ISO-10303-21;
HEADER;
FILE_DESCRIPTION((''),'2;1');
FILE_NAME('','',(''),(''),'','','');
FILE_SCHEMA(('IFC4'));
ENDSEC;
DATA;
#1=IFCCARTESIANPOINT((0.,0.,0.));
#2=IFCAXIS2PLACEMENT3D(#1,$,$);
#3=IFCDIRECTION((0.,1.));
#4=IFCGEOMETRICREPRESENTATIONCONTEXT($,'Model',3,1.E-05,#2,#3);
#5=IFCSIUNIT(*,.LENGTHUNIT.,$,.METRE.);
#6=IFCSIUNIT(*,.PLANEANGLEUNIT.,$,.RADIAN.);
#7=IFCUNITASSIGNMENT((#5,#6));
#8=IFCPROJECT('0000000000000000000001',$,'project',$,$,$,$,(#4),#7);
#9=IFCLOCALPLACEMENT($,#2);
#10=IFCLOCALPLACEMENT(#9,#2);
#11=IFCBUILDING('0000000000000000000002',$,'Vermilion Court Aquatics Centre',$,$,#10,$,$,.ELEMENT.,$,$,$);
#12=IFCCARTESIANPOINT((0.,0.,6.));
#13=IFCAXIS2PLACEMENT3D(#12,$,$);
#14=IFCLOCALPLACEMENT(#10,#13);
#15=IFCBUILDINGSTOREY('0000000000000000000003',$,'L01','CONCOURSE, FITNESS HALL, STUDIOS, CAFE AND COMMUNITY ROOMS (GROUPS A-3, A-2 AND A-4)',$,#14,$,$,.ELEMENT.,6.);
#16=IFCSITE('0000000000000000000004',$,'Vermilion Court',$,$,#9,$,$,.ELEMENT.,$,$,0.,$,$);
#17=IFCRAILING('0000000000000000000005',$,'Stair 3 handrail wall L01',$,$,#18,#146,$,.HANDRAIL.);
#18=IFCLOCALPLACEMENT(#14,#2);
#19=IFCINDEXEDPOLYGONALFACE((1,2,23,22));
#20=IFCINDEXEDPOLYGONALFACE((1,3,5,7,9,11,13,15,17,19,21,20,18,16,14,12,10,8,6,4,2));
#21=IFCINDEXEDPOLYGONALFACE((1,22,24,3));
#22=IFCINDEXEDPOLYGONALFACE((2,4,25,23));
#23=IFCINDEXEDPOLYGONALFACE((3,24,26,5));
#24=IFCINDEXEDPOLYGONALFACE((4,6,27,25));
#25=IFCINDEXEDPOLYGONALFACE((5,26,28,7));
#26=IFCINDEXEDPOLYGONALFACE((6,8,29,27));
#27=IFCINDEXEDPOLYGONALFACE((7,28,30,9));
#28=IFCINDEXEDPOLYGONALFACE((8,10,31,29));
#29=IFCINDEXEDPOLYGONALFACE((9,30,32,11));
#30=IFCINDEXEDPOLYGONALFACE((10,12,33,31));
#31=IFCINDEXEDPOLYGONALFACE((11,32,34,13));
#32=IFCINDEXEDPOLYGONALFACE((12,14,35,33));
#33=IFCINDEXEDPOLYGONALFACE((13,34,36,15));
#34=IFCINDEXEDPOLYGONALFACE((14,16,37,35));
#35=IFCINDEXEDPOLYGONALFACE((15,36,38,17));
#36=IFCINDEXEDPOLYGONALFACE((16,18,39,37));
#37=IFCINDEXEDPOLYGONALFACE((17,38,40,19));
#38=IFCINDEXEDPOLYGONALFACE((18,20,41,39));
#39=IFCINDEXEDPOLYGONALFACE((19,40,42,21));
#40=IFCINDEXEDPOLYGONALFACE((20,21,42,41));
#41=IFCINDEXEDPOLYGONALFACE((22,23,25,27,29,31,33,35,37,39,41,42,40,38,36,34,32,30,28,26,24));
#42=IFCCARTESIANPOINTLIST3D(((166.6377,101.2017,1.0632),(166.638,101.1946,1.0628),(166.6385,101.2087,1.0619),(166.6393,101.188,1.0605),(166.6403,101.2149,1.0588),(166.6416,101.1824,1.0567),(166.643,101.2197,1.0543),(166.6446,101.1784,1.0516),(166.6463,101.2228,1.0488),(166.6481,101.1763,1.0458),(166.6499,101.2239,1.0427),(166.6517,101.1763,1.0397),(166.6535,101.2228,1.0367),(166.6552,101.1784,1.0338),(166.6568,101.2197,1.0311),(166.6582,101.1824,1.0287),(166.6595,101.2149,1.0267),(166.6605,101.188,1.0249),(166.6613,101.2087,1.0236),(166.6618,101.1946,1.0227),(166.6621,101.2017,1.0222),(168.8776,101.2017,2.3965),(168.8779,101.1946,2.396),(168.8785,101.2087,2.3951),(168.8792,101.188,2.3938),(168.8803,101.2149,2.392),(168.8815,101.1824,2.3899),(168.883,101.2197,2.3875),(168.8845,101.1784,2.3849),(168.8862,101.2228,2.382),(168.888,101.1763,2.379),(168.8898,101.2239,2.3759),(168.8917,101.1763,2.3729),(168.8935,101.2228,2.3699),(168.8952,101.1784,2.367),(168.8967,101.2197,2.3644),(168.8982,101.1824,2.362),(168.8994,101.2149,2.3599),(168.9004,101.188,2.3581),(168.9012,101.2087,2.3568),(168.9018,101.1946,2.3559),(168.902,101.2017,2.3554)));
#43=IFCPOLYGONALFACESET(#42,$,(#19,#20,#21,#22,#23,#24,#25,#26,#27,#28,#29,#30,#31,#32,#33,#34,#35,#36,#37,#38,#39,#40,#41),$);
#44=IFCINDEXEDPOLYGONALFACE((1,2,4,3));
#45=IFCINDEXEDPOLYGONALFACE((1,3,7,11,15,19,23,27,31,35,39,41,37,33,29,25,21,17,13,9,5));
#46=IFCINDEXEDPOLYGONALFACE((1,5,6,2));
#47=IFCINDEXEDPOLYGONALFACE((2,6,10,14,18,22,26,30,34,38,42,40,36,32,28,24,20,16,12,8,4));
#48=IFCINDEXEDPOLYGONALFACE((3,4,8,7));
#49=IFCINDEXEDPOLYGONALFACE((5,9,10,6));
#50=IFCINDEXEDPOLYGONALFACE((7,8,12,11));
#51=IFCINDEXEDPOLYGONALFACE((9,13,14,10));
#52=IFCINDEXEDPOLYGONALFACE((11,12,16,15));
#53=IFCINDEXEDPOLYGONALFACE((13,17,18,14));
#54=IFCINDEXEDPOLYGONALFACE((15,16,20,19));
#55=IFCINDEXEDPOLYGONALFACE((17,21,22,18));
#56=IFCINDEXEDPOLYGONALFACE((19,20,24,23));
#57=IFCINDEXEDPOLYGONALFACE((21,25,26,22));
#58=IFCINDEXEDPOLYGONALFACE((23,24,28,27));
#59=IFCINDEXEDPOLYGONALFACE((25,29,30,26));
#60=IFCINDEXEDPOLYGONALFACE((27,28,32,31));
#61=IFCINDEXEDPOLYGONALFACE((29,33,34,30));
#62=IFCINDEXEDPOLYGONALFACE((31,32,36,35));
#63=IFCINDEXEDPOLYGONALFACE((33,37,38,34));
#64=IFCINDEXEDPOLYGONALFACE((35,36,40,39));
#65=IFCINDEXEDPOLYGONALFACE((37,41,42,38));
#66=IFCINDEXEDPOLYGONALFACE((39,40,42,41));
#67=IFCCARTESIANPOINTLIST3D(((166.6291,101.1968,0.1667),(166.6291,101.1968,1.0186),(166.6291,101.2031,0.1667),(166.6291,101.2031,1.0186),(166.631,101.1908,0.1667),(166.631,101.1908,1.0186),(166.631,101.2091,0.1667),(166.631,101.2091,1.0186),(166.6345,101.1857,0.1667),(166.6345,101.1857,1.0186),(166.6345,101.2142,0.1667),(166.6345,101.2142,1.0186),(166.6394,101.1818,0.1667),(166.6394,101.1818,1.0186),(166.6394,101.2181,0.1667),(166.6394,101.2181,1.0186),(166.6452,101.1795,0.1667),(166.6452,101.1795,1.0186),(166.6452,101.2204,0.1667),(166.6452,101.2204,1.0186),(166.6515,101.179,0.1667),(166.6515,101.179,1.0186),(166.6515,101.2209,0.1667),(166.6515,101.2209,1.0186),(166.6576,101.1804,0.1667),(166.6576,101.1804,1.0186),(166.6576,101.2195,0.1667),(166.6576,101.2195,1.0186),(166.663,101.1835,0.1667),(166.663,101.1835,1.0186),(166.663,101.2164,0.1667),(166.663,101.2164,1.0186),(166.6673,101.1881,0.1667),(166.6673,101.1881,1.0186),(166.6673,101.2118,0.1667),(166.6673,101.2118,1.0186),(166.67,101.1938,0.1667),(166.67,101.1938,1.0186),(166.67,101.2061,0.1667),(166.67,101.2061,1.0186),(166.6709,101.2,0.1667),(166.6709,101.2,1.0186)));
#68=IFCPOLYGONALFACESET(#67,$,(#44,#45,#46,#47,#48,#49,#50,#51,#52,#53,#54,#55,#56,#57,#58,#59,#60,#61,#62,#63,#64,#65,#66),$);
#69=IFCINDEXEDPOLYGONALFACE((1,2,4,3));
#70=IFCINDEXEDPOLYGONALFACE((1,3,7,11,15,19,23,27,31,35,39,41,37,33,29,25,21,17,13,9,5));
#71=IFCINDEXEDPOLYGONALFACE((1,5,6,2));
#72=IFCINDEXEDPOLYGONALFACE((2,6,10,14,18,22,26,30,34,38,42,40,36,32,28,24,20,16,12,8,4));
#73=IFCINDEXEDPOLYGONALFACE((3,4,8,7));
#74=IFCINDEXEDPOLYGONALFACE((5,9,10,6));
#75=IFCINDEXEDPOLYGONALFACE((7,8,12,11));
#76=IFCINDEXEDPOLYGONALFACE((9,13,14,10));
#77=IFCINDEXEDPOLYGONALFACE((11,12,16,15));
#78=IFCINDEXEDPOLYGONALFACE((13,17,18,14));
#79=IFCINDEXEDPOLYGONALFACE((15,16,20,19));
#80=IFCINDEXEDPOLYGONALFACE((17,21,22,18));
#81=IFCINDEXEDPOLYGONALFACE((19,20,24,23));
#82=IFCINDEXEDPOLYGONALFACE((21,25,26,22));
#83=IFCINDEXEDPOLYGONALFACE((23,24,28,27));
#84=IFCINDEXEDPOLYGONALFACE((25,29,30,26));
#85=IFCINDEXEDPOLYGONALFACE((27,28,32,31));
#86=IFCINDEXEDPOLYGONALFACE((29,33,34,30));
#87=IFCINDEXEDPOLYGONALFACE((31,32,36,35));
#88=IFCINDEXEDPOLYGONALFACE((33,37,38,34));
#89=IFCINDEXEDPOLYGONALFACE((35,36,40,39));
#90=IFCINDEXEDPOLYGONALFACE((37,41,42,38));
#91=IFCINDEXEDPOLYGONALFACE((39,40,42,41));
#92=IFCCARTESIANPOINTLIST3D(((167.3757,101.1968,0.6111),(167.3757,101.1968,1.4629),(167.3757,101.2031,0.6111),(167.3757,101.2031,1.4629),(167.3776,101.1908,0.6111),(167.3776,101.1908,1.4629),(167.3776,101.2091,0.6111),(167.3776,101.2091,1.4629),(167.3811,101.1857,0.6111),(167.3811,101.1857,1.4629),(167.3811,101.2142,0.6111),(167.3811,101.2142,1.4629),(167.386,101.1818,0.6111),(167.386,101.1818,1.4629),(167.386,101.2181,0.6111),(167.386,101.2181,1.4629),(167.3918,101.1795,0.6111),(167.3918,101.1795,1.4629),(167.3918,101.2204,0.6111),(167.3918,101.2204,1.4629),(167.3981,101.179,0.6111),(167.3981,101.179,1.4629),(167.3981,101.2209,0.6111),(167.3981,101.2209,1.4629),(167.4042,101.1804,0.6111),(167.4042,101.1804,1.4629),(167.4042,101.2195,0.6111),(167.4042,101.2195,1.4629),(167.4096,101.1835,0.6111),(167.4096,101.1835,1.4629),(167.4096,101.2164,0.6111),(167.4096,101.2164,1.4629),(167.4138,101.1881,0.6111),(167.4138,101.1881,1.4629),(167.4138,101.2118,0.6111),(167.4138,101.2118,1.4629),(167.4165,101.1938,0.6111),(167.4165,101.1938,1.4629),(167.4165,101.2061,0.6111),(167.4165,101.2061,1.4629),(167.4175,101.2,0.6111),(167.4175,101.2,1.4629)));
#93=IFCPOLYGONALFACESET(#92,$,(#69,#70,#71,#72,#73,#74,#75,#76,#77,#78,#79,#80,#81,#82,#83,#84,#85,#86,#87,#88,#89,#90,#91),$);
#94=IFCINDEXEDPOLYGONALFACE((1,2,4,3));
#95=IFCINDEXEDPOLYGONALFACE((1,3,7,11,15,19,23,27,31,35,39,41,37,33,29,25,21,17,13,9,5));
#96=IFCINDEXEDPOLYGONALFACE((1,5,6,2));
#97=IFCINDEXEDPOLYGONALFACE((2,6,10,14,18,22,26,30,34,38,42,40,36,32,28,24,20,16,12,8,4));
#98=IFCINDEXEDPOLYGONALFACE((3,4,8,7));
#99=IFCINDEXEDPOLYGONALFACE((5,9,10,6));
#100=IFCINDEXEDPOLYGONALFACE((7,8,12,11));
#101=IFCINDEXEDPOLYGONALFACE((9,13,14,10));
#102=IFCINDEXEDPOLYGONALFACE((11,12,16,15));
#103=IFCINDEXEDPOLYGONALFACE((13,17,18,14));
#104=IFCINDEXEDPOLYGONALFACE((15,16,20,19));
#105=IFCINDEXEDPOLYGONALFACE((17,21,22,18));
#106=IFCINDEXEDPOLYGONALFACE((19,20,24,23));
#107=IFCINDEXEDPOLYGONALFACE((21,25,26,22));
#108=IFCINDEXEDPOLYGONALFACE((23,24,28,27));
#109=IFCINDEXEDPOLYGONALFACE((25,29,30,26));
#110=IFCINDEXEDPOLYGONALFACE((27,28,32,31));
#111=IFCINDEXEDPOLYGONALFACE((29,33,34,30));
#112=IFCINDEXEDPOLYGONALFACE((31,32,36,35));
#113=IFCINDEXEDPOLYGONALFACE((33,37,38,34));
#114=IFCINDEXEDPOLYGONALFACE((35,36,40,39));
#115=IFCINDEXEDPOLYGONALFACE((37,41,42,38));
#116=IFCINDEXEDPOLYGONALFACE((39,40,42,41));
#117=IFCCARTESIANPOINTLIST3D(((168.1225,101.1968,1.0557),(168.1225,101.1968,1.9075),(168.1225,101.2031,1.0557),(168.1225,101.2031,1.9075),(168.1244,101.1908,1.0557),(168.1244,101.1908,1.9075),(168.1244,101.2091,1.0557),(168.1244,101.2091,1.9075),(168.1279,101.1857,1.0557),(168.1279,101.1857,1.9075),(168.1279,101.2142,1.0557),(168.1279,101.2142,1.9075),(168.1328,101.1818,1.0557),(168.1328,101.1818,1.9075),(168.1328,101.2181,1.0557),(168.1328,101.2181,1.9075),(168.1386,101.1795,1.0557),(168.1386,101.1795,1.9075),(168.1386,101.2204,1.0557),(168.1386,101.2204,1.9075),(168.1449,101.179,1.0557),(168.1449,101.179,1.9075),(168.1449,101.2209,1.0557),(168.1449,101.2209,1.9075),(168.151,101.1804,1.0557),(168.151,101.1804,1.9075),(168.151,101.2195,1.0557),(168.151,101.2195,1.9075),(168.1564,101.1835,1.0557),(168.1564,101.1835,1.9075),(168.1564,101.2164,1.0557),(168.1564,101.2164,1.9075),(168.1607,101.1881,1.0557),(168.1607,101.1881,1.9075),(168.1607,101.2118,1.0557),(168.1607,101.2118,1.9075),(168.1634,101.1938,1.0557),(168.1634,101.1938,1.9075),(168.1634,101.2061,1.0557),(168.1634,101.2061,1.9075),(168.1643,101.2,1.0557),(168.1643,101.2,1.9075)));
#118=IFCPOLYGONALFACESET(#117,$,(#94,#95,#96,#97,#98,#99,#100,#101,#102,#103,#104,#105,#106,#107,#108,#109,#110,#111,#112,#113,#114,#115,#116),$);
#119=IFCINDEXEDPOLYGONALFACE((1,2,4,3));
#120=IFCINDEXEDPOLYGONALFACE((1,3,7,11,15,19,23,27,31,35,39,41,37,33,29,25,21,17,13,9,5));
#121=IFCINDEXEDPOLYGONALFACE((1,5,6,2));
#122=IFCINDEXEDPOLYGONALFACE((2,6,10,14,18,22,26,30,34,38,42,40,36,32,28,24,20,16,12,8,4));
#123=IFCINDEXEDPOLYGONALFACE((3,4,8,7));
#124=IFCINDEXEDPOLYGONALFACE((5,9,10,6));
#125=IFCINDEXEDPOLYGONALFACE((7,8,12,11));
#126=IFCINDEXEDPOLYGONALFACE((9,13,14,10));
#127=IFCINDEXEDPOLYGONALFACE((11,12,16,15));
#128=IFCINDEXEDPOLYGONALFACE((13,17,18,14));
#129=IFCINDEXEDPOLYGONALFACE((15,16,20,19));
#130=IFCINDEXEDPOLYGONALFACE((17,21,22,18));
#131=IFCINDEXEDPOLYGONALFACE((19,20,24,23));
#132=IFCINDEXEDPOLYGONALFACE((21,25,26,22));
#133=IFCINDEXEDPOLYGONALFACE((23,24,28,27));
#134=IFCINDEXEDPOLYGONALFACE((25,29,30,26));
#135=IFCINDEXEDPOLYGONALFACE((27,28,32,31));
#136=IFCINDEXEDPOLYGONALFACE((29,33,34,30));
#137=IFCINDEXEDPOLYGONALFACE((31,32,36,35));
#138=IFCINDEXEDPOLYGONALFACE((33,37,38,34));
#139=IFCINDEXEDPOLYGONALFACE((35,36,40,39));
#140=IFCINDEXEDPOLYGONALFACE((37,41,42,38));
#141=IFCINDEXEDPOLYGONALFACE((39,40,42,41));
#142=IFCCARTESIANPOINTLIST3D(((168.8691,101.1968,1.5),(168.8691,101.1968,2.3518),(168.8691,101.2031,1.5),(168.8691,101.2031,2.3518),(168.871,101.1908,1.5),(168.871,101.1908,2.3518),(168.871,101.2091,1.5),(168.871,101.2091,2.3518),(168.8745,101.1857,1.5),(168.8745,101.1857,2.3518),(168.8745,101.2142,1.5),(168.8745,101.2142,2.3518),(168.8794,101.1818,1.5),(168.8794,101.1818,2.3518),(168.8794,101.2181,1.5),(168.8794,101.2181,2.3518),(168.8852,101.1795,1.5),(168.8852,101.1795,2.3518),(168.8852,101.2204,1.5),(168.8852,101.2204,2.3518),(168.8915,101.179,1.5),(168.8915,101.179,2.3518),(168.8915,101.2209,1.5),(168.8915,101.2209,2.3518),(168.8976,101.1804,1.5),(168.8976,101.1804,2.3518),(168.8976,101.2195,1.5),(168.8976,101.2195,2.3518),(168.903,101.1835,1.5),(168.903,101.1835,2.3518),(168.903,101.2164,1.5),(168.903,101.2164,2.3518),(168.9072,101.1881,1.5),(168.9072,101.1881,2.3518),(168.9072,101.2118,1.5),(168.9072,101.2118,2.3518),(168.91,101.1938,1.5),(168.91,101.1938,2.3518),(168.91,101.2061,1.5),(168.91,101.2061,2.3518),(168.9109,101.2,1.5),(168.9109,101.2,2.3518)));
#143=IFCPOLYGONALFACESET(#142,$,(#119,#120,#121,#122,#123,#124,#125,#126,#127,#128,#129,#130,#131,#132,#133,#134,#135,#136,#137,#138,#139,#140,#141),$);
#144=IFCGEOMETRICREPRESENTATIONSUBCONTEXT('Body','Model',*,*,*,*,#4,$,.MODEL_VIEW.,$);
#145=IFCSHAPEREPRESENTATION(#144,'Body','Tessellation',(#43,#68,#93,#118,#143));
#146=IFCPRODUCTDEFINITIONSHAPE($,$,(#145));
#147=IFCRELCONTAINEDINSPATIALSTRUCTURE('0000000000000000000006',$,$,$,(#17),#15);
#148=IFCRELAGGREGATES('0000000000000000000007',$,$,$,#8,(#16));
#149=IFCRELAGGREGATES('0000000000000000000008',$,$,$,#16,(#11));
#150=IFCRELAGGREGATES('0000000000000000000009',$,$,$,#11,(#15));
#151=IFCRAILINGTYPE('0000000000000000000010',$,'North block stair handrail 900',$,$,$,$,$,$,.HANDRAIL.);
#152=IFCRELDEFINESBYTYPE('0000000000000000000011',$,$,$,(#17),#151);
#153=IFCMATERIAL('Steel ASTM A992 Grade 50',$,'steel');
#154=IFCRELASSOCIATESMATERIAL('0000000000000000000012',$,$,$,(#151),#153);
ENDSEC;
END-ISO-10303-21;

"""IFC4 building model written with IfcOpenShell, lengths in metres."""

from ifc_helpers import new_model, si_unit, direction, frame, origin, origin_2d, place, context, subcontext, project, spatial, circle, extrude, material, type_object, element, save


model = new_model("IFC4")

# Units and contexts
model_context = context("Model", 3, precision=1e-05, world=origin(), true_north=direction((0.0, 1.0)))
body_context = subcontext(model_context, "Body", "Model", "MODEL_VIEW")
ifc_project = project(units=[si_unit("LENGTHUNIT", "METRE"), si_unit("PLANEANGLEUNIT", "RADIAN")], contexts=[model_context])

# Site, building, storey
site_placement = place(None, origin())
site = spatial("IfcSite", under=ifc_project, at=site_placement, Name="Vermilion Court", CompositionType="ELEMENT", RefElevation=0.0)
building_placement = place(site_placement, origin())
building = spatial("IfcBuilding", under=site, at=building_placement, Name="Vermilion Court Aquatics Centre", CompositionType="ELEMENT")
storey_placement = place(building_placement, frame((0.0, 0.0, 6.0)))
storey = spatial("IfcBuildingStorey", under=building, at=storey_placement, Name="L01", Description="CONCOURSE, FITNESS HALL, STUDIOS, CAFE AND COMMUNITY ROOMS (GROUPS A-3, A-2 AND A-4)", CompositionType="ELEMENT", Elevation=6.0)

# Railing
ifc_material_1 = material(Name="Steel ASTM A992 Grade 50", Category="steel")
railing_type_1 = type_object("IfcRailingType", Name="North block stair handrail 900", PredefinedType="HANDRAIL", material=ifc_material_1)
for number, where, name in (
    (1, (166.6499, 101.2, 0.1667), "Stair 3 handrail wall L01"),
):
    element("IfcRailing", number, at=place(storey_placement, frame(where)), inside=storey, type_object=railing_type_1, Name=name, PredefinedType="HANDRAIL", context=body_context, shape_type="SweptSolid", body=[
        extrude(circle(Radius=0.0239, at=origin_2d()), frame((0.0, 0.0, 0.876), z_axis=(0.859306, 0.0, 0.511462), x_axis=(0.0, 1.0, 0.0)), (0.0, 0.0, 1.0), 2.6067),
        extrude(circle(Radius=0.021, at=origin_2d()), origin(), (0.0, 0.0, 1.0), 0.8518),
        extrude(circle(Radius=0.021, at=origin_2d()), frame((0.7466, 0.0, 0.4443)), (0.0, 0.0, 1.0), 0.8518),
        extrude(circle(Radius=0.021, at=origin_2d()), frame((1.4934, 0.0, 0.8889)), (0.0, 0.0, 1.0), 0.8518),
        extrude(circle(Radius=0.021, at=origin_2d()), frame((2.24, 0.0, 1.3333)), (0.0, 0.0, 1.0), 0.8518),
    ])

save(model, "model.ifc")
